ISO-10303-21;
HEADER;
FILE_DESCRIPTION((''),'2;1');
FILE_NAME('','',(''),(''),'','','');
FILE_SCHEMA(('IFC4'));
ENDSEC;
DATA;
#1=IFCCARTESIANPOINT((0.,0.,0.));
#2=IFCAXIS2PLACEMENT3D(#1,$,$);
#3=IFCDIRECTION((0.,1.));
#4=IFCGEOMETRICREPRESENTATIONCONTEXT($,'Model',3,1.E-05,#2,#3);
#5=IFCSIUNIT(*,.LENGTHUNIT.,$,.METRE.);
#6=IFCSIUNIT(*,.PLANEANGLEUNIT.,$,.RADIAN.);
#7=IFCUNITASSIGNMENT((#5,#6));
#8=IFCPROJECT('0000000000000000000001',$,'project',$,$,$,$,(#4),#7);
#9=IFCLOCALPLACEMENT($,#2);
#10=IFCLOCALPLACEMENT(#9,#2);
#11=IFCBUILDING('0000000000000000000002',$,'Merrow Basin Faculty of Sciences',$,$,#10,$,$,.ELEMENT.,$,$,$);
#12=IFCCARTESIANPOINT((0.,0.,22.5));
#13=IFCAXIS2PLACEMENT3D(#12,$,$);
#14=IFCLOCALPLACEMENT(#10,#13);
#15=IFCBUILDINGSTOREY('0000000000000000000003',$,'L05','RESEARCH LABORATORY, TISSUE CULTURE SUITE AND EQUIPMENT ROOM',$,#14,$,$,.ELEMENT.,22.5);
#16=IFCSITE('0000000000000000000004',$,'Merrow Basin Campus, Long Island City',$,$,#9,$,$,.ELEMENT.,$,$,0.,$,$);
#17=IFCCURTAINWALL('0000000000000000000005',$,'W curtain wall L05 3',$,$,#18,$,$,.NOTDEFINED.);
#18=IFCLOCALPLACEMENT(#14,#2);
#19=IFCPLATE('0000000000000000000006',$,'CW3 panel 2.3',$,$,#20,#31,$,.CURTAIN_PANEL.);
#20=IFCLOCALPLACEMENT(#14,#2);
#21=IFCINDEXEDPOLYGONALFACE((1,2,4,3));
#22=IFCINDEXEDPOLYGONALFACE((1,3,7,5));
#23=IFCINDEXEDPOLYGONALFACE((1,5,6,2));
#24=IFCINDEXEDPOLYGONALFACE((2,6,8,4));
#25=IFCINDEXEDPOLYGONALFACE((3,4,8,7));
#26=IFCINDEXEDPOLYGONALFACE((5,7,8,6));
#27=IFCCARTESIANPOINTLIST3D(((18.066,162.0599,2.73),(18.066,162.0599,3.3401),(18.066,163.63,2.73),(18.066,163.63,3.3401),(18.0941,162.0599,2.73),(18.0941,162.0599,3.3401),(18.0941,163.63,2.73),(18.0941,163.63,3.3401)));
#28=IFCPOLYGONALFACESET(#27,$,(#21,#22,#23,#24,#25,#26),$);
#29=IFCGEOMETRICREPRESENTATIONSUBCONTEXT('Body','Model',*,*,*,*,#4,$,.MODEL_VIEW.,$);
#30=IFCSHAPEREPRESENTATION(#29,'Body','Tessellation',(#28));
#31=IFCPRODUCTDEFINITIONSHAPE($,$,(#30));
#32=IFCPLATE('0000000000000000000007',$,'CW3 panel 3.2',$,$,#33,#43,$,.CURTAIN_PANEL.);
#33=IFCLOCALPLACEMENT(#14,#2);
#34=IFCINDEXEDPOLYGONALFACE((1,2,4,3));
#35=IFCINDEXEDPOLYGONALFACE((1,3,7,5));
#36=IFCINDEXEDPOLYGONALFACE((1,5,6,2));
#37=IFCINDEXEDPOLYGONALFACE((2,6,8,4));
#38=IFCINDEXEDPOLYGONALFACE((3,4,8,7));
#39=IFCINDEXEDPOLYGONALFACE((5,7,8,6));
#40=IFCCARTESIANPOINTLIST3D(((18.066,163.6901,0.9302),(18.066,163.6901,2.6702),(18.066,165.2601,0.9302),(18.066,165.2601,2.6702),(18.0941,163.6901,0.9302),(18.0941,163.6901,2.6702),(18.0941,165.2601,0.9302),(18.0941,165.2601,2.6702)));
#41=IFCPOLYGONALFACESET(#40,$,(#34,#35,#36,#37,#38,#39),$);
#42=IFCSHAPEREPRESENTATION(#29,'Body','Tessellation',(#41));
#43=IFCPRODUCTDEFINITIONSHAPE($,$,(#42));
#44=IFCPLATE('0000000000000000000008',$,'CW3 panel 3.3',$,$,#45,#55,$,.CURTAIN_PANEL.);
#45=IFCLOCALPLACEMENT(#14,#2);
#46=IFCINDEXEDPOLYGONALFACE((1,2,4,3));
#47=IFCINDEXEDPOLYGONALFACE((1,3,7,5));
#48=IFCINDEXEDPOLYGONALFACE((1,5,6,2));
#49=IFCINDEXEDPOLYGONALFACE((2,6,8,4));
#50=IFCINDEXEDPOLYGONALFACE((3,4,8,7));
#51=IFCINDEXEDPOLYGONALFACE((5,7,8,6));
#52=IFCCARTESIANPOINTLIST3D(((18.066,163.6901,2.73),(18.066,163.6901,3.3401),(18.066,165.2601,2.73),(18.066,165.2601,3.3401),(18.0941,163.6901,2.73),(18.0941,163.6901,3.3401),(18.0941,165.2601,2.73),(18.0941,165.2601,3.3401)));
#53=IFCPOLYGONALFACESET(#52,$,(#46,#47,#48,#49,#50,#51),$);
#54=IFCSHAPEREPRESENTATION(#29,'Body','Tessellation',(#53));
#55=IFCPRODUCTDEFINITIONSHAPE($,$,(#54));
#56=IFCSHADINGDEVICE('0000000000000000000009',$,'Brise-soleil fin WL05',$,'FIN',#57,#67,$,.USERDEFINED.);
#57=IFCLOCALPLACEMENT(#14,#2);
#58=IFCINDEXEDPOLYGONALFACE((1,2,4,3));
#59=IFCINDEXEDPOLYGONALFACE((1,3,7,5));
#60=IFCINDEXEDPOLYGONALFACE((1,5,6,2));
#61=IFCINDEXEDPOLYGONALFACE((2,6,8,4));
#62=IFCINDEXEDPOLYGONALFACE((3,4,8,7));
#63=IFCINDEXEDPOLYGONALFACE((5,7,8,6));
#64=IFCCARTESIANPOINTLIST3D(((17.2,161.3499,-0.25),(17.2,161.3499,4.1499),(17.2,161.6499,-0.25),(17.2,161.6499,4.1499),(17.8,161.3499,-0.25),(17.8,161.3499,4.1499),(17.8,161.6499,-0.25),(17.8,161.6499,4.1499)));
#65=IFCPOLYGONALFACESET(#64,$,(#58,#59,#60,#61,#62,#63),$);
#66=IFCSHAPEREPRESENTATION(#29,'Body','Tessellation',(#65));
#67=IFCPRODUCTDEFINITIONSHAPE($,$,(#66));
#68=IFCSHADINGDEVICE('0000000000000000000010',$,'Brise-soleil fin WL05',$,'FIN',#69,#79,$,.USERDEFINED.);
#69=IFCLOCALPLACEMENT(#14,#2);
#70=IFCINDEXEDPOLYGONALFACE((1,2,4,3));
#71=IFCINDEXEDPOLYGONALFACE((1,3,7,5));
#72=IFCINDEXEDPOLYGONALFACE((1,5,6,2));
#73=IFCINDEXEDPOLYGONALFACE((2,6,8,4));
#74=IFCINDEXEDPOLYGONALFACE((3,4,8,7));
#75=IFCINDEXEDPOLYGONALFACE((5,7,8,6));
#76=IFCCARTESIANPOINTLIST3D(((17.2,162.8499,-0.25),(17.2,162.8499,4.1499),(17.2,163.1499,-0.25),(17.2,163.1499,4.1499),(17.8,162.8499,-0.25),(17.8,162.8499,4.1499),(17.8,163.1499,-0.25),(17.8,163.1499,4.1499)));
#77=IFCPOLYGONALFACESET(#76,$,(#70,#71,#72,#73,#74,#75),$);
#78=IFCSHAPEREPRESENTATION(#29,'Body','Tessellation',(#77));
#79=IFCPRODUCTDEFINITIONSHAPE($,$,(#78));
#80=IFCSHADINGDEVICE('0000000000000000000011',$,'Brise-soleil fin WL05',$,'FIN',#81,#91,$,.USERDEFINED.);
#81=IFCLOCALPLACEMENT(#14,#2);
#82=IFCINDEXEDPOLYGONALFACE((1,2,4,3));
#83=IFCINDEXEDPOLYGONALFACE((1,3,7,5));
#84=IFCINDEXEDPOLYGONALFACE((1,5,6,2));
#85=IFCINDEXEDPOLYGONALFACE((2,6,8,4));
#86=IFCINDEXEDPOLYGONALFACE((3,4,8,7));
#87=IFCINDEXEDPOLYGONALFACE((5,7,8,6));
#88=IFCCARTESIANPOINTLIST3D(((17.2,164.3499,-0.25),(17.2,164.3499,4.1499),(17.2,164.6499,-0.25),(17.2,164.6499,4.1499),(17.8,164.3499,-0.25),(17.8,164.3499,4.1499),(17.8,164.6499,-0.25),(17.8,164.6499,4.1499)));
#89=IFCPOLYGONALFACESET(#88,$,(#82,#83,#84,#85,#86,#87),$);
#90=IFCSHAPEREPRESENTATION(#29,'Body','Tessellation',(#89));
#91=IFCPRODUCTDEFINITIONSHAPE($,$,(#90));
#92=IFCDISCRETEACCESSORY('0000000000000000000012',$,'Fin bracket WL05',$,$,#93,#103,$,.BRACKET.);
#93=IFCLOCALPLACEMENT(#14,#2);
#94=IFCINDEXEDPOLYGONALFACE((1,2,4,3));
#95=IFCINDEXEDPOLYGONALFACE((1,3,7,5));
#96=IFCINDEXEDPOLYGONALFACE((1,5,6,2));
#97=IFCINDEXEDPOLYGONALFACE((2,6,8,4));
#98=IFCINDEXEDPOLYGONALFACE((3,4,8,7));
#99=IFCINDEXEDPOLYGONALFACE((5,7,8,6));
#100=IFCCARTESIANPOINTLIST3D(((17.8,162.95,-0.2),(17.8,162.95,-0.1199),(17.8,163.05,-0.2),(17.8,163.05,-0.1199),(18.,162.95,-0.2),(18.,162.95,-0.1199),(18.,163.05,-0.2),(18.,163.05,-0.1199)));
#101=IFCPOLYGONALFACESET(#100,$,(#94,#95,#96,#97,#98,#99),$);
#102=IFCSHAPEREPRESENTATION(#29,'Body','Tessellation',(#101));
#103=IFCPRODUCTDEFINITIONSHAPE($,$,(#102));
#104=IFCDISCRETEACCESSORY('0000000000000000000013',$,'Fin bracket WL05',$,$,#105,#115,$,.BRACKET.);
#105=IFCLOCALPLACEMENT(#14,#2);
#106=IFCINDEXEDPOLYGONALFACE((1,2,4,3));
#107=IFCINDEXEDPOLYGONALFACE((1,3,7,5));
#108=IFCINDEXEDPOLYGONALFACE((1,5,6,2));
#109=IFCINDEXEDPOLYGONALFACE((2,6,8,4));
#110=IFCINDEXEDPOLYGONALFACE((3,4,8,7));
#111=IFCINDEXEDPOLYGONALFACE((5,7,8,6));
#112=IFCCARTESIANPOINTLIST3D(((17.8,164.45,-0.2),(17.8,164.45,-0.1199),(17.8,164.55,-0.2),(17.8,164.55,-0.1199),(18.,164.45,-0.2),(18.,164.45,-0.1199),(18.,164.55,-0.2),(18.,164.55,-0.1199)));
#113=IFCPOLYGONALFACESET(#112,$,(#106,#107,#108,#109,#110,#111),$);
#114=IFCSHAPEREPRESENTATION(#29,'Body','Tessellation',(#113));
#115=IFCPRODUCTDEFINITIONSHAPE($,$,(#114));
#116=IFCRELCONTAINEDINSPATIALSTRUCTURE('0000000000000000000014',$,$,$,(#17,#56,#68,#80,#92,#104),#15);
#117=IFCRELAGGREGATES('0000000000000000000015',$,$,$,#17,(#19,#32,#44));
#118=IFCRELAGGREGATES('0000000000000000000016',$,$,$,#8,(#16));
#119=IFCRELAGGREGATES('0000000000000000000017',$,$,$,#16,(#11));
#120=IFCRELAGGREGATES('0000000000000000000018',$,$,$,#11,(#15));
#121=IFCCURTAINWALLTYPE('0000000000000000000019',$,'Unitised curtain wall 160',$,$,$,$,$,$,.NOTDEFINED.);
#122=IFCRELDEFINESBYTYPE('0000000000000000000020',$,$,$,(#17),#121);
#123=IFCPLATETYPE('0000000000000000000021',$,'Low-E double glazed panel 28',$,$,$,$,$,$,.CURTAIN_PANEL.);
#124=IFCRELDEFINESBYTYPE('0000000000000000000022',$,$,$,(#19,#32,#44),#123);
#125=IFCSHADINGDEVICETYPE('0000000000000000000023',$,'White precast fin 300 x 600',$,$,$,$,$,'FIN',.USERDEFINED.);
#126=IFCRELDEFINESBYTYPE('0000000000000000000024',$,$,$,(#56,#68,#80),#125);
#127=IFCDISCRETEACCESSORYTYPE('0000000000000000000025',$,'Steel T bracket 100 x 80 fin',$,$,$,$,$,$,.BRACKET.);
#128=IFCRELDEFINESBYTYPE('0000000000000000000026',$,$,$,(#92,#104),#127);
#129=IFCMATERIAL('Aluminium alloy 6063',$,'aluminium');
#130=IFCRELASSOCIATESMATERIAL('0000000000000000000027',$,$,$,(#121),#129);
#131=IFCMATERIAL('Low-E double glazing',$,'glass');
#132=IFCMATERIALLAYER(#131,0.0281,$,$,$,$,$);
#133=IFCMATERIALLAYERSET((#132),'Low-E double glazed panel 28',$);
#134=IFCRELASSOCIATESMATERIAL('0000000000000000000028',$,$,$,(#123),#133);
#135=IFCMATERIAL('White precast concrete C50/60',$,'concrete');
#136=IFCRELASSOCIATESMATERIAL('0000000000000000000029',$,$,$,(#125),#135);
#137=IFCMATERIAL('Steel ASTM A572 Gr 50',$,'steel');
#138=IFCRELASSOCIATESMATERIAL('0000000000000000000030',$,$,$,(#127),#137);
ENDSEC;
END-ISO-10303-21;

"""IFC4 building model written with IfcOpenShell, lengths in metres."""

from ifc_helpers import new_model, si_unit, direction, frame, origin, origin_2d, place, context, subcontext, project, spatial, polyline, rectangle, outline, extrude, source, transform, mapped, material, layer, layer_set, type_object, element, aggregate, save


model = new_model("IFC4")

# Units and contexts
model_context = context("Model", 3, precision=1e-05, world=origin(), true_north=direction((0.0, 1.0)))
body_context = subcontext(model_context, "Body", "Model", "MODEL_VIEW")
ifc_project = project(units=[si_unit("LENGTHUNIT", "METRE"), si_unit("PLANEANGLEUNIT", "RADIAN")], contexts=[model_context])

# Site, building, storey
site_placement = place(None, origin())
site = spatial("IfcSite", under=ifc_project, at=site_placement, Name="Merrow Basin Campus, Long Island City", CompositionType="ELEMENT", RefElevation=0.0)
building_placement = place(site_placement, origin())
building = spatial("IfcBuilding", under=site, at=building_placement, Name="Merrow Basin Faculty of Sciences", CompositionType="ELEMENT")
storey_placement = place(building_placement, frame((0.0, 0.0, 22.5)))
storey = spatial("IfcBuildingStorey", under=building, at=storey_placement, Name="L05", Description="RESEARCH LABORATORY, TISSUE CULTURE SUITE AND EQUIPMENT ROOM", CompositionType="ELEMENT", Elevation=22.5)

# Curtain wall, plates
ifc_material_1 = material(Name="Aluminium alloy 6063", Category="aluminium")
curtain_wall_type = type_object("IfcCurtainWallType", Name="Unitised curtain wall 160", PredefinedType="NOTDEFINED", material=ifc_material_1)
curtain_wall_placement = place(storey_placement, origin())
curtain_wall = element("IfcCurtainWall", 1, at=curtain_wall_placement, inside=storey, type_object=curtain_wall_type, Name="W curtain wall L05 3", PredefinedType="NOTDEFINED")
ifc_material_2 = material(Name="Low-E double glazing", Category="glass")
ifc_layer_1 = layer(ifc_material_2, 0.0281)
ifc_layer_set_1 = layer_set([ifc_layer_1], Name="Low-E double glazed panel 28")
plate_type_1 = type_object("IfcPlateType", Name="Low-E double glazed panel 28", PredefinedType="CURTAIN_PANEL", material=ifc_layer_set_1)
plate_1_placement = place(storey_placement, frame((18.0801, 162.845, 2.73), z_axis=(0.0, 0.0, 1.0), x_axis=(0.0, 1.0, 0.0)))
plate_1 = element("IfcPlate", 2, at=plate_1_placement, type_object=plate_type_1, Name="CW3 panel 2.3", PredefinedType="CURTAIN_PANEL", context=body_context, shape_type="SweptSolid", body=[
    extrude(rectangle(XDim=1.5701, YDim=0.0281, at=origin_2d()), origin(), (0.0, 0.0, 1.0), 0.6101),
])
plate_2_placement = place(storey_placement, frame((18.0801, 164.4751, 0.9302), z_axis=(0.0, 0.0, 1.0), x_axis=(0.0, 1.0, 0.0)))
plate_2 = element("IfcPlate", 3, at=plate_2_placement, type_object=plate_type_1, Name="CW3 panel 3.2", PredefinedType="CURTAIN_PANEL", context=body_context, shape_type="SweptSolid", body=[
    extrude(rectangle(XDim=1.5701, YDim=0.0281, at=origin_2d()), origin(), (0.0, 0.0, 1.0), 1.74),
])
plate_3_placement = place(storey_placement, frame((18.0801, 164.4751, 2.73), z_axis=(0.0, 0.0, 1.0), x_axis=(0.0, 1.0, 0.0)))
plate_3 = element("IfcPlate", 4, at=plate_3_placement, type_object=plate_type_1, Name="CW3 panel 3.3", PredefinedType="CURTAIN_PANEL", context=body_context, shape_type="SweptSolid", body=[
    extrude(rectangle(XDim=1.5701, YDim=0.0281, at=origin_2d()), origin(), (0.0, 0.0, 1.0), 0.6101),
])
aggregate(curtain_wall, [plate_1, plate_2, plate_3])

# Shading devices
ifc_material_3 = material(Name="White precast concrete C50/60", Category="concrete")
shading_device_type = type_object("IfcShadingDeviceType", Name="White precast fin 300 x 600", ElementType="FIN", PredefinedType="USERDEFINED", material=ifc_material_3)
shared_shape_1 = source(origin(), body_context, "Body", "SweptSolid", [
    extrude(outline(polyline([(0.0, 0.0), (0.3, 0.0), (0.3, 4.3999), (0.0, 4.3999), (0.0, 0.0)])), origin(), (0.0, 0.0, 1.0), 0.6001),
])
for number, where, z_axis, x_axis, name in (
    (5, (17.8, 161.6499, -0.25), (-1.0, 0.0, 0.0), (0.0, -1.0, 0.0), "Brise-soleil fin WL05"),
    (6, (17.8, 163.1499, -0.25), (-1.0, 0.0, 0.0), (0.0, -1.0, 0.0), "Brise-soleil fin WL05"),
    (7, (17.8, 164.6499, -0.25), (-1.0, 0.0, 0.0), (0.0, -1.0, 0.0), "Brise-soleil fin WL05"),
):
    element("IfcShadingDevice", number, at=place(storey_placement, frame(where, z_axis=z_axis, x_axis=x_axis)), inside=storey, type_object=shading_device_type, Name=name, ObjectType="FIN", PredefinedType="USERDEFINED", context=body_context, shape_type="MappedRepresentation", body=[
        mapped(shared_shape_1, transform((0.0, 0.0, 0.0), scale=1.0)),
    ])

# Discrete accessories
ifc_material_4 = material(Name="Steel ASTM A572 Gr 50", Category="steel")
discrete_accessory_type = type_object("IfcDiscreteAccessoryType", Name="Steel T bracket 100 x 80 fin", PredefinedType="BRACKET", material=ifc_material_4)
shared_shape_2 = source(origin(), body_context, "Body", "SweptSolid", [
    extrude(outline(polyline([(0.0, 0.0), (0.1001, 0.0), (0.1001, 0.0801), (0.0, 0.0801), (0.0, 0.0)])), origin(), (0.0, 0.0, 1.0), 0.2),
])
for number, where, z_axis, x_axis, name in (
    (8, (18.0, 163.05, -0.2), (-1.0, 0.0, 0.0), (0.0, -1.0, 0.0), "Fin bracket WL05"),
    (9, (18.0, 164.55, -0.2), (-1.0, 0.0, 0.0), (0.0, -1.0, 0.0), "Fin bracket WL05"),
):
    element("IfcDiscreteAccessory", number, at=place(storey_placement, frame(where, z_axis=z_axis, x_axis=x_axis)), inside=storey, type_object=discrete_accessory_type, Name=name, PredefinedType="BRACKET", context=body_context, shape_type="MappedRepresentation", body=[
        mapped(shared_shape_2, transform((0.0, 0.0, 0.0), scale=1.0)),
    ])

save(model, "model.ifc")
